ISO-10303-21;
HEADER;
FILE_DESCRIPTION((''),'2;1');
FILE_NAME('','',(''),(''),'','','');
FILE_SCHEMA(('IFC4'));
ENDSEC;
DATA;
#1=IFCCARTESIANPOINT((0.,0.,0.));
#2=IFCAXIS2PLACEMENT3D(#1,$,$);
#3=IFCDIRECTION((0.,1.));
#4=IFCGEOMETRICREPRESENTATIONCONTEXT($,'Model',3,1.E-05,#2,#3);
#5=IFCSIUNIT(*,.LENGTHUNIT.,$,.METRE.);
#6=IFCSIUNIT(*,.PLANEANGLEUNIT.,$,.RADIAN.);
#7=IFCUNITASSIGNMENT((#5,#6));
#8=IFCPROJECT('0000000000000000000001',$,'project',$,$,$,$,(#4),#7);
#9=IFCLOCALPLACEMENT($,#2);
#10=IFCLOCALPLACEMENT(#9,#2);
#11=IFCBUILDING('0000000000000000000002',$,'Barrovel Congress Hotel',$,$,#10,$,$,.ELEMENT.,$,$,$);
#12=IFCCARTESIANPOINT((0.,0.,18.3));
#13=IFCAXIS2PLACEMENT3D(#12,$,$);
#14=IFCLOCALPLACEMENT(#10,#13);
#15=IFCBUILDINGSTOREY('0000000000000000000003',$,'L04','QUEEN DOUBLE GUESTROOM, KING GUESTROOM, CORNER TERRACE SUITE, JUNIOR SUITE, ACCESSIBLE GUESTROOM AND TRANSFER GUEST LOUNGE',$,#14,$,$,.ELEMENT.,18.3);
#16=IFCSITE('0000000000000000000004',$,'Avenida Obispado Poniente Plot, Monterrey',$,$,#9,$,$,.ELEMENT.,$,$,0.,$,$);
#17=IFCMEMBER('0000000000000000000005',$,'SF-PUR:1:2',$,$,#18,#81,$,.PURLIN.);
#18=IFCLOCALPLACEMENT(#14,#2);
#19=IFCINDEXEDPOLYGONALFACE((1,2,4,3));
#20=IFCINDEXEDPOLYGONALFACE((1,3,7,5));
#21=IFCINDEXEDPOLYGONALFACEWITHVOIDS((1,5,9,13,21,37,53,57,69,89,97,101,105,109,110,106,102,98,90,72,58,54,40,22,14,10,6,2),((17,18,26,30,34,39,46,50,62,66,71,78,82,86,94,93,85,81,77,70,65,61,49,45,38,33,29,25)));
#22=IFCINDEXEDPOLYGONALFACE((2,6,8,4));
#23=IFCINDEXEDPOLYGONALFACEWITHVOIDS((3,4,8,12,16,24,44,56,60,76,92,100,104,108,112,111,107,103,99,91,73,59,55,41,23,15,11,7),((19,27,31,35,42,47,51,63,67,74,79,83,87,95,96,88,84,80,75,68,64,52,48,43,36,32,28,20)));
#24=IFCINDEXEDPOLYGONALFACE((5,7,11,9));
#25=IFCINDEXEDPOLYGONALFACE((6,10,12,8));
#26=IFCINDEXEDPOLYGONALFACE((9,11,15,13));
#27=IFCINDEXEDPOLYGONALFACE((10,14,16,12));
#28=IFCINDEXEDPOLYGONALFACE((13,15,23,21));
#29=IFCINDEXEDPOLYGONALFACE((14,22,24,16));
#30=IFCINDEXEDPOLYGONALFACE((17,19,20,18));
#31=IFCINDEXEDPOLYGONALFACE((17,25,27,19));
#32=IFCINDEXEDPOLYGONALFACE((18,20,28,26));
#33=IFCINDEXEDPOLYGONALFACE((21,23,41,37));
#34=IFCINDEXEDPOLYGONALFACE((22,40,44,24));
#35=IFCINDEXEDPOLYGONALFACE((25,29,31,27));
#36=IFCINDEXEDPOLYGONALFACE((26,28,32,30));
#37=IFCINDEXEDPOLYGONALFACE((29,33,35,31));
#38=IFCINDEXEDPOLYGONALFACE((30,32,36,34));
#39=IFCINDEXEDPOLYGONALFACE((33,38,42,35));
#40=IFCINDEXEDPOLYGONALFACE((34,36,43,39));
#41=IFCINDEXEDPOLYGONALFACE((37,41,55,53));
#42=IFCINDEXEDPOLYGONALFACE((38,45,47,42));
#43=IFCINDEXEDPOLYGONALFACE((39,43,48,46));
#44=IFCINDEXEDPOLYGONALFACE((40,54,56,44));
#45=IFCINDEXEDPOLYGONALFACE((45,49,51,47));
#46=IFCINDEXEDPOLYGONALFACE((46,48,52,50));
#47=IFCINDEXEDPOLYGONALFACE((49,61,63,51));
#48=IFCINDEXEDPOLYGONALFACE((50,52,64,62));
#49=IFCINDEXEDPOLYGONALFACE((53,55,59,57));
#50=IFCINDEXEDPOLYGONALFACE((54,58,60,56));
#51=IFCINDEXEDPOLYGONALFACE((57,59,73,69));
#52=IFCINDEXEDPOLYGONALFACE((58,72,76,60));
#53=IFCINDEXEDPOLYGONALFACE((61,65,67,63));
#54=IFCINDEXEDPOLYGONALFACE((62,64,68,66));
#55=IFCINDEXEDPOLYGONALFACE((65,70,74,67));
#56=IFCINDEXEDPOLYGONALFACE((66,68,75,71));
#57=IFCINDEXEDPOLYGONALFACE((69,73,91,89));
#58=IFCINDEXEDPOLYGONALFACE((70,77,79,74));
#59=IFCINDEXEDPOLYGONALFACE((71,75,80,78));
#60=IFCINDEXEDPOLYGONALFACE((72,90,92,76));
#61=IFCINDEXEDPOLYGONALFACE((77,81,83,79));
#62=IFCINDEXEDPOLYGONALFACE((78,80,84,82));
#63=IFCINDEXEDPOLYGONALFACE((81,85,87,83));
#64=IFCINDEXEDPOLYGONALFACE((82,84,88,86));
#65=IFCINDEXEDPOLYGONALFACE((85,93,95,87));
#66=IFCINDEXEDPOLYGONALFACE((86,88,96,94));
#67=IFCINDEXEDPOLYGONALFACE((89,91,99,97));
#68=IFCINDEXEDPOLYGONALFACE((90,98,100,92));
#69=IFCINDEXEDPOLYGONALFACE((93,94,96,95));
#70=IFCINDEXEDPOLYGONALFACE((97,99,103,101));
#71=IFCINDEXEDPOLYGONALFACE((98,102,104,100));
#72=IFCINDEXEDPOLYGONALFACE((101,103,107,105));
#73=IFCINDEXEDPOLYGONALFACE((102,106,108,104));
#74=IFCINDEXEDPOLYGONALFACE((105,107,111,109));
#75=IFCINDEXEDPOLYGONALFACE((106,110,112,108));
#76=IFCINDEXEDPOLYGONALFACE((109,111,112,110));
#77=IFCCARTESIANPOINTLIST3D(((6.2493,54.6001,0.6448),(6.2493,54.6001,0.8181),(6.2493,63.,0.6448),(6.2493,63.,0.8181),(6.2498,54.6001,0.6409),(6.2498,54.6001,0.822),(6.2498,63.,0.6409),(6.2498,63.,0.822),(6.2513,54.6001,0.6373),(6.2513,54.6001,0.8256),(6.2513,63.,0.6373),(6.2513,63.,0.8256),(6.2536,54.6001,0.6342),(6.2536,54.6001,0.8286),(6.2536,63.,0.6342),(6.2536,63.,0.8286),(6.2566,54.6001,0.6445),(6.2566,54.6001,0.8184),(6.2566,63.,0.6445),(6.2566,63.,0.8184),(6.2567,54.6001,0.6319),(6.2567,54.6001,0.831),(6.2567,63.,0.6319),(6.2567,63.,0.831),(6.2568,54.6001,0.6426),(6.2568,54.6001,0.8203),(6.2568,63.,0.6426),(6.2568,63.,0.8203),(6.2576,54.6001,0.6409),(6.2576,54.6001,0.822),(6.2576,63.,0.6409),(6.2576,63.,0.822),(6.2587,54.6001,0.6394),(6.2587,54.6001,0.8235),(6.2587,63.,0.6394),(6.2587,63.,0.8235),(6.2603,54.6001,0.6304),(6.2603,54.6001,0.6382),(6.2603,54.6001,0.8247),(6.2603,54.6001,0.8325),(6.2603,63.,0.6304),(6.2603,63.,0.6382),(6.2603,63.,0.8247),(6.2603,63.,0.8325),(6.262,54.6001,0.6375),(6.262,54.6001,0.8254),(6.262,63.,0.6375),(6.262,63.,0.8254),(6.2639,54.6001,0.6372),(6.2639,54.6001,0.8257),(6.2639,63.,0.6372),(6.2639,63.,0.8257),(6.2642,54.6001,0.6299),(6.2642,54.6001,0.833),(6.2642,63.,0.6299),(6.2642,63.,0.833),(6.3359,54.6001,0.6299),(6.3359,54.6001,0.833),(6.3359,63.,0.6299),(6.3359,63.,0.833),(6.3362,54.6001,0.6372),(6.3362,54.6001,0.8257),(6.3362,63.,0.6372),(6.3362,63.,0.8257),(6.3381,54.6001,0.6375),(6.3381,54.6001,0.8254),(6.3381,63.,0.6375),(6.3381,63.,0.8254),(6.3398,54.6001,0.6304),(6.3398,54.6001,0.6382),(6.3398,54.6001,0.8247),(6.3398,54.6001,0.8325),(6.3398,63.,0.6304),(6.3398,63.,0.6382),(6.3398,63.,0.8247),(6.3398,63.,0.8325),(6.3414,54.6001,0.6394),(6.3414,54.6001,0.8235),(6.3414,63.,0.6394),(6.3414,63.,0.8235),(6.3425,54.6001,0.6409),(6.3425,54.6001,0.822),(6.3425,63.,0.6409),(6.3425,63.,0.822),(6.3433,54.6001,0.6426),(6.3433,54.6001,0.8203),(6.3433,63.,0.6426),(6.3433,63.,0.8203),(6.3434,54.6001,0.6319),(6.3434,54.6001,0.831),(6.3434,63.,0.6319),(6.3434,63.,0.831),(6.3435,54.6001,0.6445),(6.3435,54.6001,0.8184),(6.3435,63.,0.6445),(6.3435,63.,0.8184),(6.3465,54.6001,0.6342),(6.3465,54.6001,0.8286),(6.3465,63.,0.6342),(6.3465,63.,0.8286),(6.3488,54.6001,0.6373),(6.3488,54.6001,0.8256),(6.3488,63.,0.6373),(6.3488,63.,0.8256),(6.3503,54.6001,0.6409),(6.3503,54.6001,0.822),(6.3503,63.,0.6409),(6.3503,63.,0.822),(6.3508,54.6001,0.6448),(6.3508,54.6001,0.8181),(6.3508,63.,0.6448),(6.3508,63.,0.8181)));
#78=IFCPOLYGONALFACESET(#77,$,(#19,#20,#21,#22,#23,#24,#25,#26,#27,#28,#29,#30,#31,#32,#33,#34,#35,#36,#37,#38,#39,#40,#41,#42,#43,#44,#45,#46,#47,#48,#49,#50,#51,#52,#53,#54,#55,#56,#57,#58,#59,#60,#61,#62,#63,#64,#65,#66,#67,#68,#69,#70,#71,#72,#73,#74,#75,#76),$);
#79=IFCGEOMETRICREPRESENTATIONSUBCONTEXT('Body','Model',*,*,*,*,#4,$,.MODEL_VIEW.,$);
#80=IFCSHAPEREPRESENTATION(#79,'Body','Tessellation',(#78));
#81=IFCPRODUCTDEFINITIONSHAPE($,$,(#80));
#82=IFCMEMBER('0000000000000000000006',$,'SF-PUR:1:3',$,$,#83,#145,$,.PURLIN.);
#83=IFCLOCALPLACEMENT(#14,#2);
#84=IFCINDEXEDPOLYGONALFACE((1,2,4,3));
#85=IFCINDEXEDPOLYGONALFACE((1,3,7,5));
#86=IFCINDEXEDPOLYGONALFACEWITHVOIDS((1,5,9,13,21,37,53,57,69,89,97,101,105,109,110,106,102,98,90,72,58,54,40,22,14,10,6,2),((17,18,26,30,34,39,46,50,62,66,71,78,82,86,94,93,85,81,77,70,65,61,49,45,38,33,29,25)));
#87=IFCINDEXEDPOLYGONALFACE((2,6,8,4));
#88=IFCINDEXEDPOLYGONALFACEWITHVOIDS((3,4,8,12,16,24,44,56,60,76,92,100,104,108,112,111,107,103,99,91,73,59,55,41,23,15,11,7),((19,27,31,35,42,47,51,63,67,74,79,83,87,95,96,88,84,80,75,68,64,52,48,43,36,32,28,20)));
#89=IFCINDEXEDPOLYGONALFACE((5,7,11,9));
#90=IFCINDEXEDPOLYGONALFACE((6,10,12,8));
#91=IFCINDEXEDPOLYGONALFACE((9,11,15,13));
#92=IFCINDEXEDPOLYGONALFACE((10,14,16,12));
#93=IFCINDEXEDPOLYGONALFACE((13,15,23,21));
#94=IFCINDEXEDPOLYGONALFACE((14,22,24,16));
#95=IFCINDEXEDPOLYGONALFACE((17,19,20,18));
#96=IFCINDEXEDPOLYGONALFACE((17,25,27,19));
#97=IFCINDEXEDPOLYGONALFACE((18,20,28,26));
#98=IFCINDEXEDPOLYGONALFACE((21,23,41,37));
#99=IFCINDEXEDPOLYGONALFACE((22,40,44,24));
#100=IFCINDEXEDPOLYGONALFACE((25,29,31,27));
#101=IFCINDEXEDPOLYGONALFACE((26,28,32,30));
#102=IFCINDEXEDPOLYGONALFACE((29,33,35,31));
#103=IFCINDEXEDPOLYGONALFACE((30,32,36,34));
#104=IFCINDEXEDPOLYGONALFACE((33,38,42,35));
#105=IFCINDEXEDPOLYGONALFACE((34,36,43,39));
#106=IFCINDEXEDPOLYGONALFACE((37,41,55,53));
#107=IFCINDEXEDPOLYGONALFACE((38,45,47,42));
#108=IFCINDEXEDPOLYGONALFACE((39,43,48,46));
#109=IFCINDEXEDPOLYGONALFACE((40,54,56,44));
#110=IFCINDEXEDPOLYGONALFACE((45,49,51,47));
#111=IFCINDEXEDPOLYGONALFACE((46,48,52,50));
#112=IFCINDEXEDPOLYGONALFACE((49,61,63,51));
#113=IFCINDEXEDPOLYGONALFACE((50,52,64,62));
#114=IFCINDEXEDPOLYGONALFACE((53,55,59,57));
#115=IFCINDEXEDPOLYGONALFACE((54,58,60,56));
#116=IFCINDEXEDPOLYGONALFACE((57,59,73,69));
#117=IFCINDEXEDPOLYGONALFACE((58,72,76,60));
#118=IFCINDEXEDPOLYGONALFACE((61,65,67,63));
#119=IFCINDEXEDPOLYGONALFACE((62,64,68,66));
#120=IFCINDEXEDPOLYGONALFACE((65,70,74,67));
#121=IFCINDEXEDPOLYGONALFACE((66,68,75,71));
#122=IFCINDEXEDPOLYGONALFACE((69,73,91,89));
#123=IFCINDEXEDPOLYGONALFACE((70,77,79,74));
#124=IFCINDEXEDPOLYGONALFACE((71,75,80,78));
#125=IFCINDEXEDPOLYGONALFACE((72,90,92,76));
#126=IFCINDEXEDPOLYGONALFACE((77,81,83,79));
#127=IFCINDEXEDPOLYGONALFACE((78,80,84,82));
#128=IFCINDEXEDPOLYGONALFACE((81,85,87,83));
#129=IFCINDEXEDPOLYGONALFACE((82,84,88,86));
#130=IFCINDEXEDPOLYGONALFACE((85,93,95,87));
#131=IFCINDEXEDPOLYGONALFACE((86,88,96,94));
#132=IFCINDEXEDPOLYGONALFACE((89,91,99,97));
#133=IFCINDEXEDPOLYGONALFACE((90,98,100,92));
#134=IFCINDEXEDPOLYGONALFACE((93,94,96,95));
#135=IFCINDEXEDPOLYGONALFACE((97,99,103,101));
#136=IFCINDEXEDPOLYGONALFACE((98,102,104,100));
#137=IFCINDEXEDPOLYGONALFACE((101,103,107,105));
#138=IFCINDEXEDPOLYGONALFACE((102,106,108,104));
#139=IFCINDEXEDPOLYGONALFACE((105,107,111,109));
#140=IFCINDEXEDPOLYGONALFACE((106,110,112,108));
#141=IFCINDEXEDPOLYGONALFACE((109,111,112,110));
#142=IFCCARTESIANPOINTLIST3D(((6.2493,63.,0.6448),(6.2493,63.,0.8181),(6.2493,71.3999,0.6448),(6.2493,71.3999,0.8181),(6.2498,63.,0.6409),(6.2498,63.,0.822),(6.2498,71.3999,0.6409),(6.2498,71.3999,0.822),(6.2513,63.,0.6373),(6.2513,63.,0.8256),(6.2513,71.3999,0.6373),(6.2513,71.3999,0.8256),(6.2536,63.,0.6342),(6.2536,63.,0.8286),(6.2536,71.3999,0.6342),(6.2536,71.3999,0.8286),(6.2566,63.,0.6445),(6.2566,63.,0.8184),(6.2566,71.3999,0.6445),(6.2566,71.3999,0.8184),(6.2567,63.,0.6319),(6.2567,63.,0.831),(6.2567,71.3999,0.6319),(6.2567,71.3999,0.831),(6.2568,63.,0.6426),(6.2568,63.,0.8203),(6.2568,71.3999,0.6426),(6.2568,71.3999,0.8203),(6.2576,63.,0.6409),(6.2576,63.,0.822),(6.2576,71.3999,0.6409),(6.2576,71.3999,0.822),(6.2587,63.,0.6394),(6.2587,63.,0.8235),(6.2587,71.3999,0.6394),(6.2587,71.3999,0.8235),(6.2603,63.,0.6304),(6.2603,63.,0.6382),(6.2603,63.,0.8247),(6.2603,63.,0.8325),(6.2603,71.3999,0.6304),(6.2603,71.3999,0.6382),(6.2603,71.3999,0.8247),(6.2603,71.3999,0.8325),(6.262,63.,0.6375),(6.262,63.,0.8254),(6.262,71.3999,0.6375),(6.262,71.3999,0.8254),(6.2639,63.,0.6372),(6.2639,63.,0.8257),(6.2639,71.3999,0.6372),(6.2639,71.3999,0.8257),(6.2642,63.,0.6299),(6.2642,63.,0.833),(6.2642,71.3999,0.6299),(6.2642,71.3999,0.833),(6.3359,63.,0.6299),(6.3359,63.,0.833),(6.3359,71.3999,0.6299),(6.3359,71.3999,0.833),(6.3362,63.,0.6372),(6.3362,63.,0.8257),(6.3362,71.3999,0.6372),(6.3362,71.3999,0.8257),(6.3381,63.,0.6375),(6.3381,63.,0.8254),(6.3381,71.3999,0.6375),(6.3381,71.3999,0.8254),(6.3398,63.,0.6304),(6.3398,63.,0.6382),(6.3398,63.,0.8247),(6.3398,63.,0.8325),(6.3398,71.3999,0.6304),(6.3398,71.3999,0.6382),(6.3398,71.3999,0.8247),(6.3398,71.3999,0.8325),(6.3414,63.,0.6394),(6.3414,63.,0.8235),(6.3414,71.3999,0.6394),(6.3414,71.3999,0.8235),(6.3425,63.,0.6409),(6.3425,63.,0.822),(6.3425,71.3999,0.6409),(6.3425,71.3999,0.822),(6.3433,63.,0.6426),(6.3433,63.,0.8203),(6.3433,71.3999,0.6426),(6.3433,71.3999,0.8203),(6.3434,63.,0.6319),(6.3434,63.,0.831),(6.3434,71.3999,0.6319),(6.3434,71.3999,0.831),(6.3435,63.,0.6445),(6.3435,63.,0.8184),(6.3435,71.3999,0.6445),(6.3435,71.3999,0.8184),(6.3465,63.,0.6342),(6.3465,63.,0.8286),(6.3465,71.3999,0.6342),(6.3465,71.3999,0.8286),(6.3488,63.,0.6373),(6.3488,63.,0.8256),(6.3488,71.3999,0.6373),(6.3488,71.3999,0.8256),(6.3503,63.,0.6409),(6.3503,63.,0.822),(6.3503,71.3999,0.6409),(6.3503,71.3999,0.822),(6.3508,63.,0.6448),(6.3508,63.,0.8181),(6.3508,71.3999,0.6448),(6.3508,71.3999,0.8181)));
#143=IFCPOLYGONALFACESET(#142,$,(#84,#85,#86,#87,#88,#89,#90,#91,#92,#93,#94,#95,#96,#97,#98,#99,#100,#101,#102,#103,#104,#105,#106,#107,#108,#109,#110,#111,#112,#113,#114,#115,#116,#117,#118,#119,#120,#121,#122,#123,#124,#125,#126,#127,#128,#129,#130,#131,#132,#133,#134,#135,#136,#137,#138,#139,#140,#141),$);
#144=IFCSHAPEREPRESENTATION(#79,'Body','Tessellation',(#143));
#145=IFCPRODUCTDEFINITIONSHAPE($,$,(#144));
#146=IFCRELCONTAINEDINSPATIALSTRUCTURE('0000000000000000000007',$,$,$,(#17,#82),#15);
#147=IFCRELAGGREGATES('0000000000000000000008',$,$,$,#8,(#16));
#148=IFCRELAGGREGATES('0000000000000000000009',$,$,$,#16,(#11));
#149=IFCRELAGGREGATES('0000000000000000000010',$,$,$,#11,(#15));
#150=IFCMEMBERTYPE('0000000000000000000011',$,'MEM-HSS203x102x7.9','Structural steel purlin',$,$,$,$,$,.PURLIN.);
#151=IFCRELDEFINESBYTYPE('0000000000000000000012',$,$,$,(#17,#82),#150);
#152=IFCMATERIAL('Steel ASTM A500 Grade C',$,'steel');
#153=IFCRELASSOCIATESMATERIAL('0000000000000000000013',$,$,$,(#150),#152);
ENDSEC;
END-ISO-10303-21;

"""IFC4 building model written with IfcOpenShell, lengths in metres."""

from ifc_helpers import new_model, si_unit, direction, frame, origin, origin_2d, place, context, subcontext, project, spatial, hollow_rectangle, extrude, material, material_profile, profile_set, type_object, element, save


model = new_model("IFC4")

# Units and contexts
model_context = context("Model", 3, precision=1e-05, world=origin(), true_north=direction((0.0, 1.0)))
body_context = subcontext(model_context, "Body", "Model", "MODEL_VIEW")
ifc_project = project(units=[si_unit("LENGTHUNIT", "METRE"), si_unit("PLANEANGLEUNIT", "RADIAN")], contexts=[model_context])

# Site, building, storey
site_placement = place(None, origin())
site = spatial("IfcSite", under=ifc_project, at=site_placement, Name="Avenida Obispado Poniente Plot, Monterrey", CompositionType="ELEMENT", RefElevation=0.0)
building_placement = place(site_placement, origin())
building = spatial("IfcBuilding", under=site, at=building_placement, Name="Barrovel Congress Hotel", CompositionType="ELEMENT")
storey_placement = place(building_placement, frame((0.0, 0.0, 18.3)))
storey = spatial("IfcBuildingStorey", under=building, at=storey_placement, Name="L04", Description="QUEEN DOUBLE GUESTROOM, KING GUESTROOM, CORNER TERRACE SUITE, JUNIOR SUITE, ACCESSIBLE GUESTROOM AND TRANSFER GUEST LOUNGE", CompositionType="ELEMENT", Elevation=18.3)

# Members
ifc_material_1 = material(Name="Steel ASTM A500 Grade C", Category="steel")
ifc_material_profile_1 = material_profile(ifc_material_1, hollow_rectangle(XDim=0.1016, YDim=0.2031, WallThickness=0.0073, InnerFilletRadius=0.0073, OuterFilletRadius=0.0149, at=origin_2d()), Name="HSS203x102x7.9")
ifc_profile_set_1 = profile_set([ifc_material_profile_1], Name="Steel ASTM A500 Grade C")
member_type_1 = type_object("IfcMemberType", Name="MEM-HSS203x102x7.9", Description="Structural steel purlin", PredefinedType="PURLIN", material=ifc_profile_set_1)
for number, where, z_axis, x_axis, name in (
    (1, (6.3, 54.6001, 0.7314), (0.0, 1.0, 0.0), (-1.0, 0.0, 0.0), "SF-PUR:1:2"),
    (2, (6.3, 63.0, 0.7314), (0.0, 1.0, 0.0), (-1.0, 0.0, 0.0), "SF-PUR:1:3"),
):
    element("IfcMember", number, at=place(storey_placement, frame(where, z_axis=z_axis, x_axis=x_axis)), inside=storey, type_object=member_type_1, Name=name, PredefinedType="PURLIN", context=body_context, shape_type="SweptSolid", body=[
        extrude(hollow_rectangle(XDim=0.1016, YDim=0.2031, WallThickness=0.0073, InnerFilletRadius=0.0073, OuterFilletRadius=0.0149, at=origin_2d()), origin(), (0.0, 0.0, 1.0), 8.3999),
    ])

save(model, "model.ifc")
